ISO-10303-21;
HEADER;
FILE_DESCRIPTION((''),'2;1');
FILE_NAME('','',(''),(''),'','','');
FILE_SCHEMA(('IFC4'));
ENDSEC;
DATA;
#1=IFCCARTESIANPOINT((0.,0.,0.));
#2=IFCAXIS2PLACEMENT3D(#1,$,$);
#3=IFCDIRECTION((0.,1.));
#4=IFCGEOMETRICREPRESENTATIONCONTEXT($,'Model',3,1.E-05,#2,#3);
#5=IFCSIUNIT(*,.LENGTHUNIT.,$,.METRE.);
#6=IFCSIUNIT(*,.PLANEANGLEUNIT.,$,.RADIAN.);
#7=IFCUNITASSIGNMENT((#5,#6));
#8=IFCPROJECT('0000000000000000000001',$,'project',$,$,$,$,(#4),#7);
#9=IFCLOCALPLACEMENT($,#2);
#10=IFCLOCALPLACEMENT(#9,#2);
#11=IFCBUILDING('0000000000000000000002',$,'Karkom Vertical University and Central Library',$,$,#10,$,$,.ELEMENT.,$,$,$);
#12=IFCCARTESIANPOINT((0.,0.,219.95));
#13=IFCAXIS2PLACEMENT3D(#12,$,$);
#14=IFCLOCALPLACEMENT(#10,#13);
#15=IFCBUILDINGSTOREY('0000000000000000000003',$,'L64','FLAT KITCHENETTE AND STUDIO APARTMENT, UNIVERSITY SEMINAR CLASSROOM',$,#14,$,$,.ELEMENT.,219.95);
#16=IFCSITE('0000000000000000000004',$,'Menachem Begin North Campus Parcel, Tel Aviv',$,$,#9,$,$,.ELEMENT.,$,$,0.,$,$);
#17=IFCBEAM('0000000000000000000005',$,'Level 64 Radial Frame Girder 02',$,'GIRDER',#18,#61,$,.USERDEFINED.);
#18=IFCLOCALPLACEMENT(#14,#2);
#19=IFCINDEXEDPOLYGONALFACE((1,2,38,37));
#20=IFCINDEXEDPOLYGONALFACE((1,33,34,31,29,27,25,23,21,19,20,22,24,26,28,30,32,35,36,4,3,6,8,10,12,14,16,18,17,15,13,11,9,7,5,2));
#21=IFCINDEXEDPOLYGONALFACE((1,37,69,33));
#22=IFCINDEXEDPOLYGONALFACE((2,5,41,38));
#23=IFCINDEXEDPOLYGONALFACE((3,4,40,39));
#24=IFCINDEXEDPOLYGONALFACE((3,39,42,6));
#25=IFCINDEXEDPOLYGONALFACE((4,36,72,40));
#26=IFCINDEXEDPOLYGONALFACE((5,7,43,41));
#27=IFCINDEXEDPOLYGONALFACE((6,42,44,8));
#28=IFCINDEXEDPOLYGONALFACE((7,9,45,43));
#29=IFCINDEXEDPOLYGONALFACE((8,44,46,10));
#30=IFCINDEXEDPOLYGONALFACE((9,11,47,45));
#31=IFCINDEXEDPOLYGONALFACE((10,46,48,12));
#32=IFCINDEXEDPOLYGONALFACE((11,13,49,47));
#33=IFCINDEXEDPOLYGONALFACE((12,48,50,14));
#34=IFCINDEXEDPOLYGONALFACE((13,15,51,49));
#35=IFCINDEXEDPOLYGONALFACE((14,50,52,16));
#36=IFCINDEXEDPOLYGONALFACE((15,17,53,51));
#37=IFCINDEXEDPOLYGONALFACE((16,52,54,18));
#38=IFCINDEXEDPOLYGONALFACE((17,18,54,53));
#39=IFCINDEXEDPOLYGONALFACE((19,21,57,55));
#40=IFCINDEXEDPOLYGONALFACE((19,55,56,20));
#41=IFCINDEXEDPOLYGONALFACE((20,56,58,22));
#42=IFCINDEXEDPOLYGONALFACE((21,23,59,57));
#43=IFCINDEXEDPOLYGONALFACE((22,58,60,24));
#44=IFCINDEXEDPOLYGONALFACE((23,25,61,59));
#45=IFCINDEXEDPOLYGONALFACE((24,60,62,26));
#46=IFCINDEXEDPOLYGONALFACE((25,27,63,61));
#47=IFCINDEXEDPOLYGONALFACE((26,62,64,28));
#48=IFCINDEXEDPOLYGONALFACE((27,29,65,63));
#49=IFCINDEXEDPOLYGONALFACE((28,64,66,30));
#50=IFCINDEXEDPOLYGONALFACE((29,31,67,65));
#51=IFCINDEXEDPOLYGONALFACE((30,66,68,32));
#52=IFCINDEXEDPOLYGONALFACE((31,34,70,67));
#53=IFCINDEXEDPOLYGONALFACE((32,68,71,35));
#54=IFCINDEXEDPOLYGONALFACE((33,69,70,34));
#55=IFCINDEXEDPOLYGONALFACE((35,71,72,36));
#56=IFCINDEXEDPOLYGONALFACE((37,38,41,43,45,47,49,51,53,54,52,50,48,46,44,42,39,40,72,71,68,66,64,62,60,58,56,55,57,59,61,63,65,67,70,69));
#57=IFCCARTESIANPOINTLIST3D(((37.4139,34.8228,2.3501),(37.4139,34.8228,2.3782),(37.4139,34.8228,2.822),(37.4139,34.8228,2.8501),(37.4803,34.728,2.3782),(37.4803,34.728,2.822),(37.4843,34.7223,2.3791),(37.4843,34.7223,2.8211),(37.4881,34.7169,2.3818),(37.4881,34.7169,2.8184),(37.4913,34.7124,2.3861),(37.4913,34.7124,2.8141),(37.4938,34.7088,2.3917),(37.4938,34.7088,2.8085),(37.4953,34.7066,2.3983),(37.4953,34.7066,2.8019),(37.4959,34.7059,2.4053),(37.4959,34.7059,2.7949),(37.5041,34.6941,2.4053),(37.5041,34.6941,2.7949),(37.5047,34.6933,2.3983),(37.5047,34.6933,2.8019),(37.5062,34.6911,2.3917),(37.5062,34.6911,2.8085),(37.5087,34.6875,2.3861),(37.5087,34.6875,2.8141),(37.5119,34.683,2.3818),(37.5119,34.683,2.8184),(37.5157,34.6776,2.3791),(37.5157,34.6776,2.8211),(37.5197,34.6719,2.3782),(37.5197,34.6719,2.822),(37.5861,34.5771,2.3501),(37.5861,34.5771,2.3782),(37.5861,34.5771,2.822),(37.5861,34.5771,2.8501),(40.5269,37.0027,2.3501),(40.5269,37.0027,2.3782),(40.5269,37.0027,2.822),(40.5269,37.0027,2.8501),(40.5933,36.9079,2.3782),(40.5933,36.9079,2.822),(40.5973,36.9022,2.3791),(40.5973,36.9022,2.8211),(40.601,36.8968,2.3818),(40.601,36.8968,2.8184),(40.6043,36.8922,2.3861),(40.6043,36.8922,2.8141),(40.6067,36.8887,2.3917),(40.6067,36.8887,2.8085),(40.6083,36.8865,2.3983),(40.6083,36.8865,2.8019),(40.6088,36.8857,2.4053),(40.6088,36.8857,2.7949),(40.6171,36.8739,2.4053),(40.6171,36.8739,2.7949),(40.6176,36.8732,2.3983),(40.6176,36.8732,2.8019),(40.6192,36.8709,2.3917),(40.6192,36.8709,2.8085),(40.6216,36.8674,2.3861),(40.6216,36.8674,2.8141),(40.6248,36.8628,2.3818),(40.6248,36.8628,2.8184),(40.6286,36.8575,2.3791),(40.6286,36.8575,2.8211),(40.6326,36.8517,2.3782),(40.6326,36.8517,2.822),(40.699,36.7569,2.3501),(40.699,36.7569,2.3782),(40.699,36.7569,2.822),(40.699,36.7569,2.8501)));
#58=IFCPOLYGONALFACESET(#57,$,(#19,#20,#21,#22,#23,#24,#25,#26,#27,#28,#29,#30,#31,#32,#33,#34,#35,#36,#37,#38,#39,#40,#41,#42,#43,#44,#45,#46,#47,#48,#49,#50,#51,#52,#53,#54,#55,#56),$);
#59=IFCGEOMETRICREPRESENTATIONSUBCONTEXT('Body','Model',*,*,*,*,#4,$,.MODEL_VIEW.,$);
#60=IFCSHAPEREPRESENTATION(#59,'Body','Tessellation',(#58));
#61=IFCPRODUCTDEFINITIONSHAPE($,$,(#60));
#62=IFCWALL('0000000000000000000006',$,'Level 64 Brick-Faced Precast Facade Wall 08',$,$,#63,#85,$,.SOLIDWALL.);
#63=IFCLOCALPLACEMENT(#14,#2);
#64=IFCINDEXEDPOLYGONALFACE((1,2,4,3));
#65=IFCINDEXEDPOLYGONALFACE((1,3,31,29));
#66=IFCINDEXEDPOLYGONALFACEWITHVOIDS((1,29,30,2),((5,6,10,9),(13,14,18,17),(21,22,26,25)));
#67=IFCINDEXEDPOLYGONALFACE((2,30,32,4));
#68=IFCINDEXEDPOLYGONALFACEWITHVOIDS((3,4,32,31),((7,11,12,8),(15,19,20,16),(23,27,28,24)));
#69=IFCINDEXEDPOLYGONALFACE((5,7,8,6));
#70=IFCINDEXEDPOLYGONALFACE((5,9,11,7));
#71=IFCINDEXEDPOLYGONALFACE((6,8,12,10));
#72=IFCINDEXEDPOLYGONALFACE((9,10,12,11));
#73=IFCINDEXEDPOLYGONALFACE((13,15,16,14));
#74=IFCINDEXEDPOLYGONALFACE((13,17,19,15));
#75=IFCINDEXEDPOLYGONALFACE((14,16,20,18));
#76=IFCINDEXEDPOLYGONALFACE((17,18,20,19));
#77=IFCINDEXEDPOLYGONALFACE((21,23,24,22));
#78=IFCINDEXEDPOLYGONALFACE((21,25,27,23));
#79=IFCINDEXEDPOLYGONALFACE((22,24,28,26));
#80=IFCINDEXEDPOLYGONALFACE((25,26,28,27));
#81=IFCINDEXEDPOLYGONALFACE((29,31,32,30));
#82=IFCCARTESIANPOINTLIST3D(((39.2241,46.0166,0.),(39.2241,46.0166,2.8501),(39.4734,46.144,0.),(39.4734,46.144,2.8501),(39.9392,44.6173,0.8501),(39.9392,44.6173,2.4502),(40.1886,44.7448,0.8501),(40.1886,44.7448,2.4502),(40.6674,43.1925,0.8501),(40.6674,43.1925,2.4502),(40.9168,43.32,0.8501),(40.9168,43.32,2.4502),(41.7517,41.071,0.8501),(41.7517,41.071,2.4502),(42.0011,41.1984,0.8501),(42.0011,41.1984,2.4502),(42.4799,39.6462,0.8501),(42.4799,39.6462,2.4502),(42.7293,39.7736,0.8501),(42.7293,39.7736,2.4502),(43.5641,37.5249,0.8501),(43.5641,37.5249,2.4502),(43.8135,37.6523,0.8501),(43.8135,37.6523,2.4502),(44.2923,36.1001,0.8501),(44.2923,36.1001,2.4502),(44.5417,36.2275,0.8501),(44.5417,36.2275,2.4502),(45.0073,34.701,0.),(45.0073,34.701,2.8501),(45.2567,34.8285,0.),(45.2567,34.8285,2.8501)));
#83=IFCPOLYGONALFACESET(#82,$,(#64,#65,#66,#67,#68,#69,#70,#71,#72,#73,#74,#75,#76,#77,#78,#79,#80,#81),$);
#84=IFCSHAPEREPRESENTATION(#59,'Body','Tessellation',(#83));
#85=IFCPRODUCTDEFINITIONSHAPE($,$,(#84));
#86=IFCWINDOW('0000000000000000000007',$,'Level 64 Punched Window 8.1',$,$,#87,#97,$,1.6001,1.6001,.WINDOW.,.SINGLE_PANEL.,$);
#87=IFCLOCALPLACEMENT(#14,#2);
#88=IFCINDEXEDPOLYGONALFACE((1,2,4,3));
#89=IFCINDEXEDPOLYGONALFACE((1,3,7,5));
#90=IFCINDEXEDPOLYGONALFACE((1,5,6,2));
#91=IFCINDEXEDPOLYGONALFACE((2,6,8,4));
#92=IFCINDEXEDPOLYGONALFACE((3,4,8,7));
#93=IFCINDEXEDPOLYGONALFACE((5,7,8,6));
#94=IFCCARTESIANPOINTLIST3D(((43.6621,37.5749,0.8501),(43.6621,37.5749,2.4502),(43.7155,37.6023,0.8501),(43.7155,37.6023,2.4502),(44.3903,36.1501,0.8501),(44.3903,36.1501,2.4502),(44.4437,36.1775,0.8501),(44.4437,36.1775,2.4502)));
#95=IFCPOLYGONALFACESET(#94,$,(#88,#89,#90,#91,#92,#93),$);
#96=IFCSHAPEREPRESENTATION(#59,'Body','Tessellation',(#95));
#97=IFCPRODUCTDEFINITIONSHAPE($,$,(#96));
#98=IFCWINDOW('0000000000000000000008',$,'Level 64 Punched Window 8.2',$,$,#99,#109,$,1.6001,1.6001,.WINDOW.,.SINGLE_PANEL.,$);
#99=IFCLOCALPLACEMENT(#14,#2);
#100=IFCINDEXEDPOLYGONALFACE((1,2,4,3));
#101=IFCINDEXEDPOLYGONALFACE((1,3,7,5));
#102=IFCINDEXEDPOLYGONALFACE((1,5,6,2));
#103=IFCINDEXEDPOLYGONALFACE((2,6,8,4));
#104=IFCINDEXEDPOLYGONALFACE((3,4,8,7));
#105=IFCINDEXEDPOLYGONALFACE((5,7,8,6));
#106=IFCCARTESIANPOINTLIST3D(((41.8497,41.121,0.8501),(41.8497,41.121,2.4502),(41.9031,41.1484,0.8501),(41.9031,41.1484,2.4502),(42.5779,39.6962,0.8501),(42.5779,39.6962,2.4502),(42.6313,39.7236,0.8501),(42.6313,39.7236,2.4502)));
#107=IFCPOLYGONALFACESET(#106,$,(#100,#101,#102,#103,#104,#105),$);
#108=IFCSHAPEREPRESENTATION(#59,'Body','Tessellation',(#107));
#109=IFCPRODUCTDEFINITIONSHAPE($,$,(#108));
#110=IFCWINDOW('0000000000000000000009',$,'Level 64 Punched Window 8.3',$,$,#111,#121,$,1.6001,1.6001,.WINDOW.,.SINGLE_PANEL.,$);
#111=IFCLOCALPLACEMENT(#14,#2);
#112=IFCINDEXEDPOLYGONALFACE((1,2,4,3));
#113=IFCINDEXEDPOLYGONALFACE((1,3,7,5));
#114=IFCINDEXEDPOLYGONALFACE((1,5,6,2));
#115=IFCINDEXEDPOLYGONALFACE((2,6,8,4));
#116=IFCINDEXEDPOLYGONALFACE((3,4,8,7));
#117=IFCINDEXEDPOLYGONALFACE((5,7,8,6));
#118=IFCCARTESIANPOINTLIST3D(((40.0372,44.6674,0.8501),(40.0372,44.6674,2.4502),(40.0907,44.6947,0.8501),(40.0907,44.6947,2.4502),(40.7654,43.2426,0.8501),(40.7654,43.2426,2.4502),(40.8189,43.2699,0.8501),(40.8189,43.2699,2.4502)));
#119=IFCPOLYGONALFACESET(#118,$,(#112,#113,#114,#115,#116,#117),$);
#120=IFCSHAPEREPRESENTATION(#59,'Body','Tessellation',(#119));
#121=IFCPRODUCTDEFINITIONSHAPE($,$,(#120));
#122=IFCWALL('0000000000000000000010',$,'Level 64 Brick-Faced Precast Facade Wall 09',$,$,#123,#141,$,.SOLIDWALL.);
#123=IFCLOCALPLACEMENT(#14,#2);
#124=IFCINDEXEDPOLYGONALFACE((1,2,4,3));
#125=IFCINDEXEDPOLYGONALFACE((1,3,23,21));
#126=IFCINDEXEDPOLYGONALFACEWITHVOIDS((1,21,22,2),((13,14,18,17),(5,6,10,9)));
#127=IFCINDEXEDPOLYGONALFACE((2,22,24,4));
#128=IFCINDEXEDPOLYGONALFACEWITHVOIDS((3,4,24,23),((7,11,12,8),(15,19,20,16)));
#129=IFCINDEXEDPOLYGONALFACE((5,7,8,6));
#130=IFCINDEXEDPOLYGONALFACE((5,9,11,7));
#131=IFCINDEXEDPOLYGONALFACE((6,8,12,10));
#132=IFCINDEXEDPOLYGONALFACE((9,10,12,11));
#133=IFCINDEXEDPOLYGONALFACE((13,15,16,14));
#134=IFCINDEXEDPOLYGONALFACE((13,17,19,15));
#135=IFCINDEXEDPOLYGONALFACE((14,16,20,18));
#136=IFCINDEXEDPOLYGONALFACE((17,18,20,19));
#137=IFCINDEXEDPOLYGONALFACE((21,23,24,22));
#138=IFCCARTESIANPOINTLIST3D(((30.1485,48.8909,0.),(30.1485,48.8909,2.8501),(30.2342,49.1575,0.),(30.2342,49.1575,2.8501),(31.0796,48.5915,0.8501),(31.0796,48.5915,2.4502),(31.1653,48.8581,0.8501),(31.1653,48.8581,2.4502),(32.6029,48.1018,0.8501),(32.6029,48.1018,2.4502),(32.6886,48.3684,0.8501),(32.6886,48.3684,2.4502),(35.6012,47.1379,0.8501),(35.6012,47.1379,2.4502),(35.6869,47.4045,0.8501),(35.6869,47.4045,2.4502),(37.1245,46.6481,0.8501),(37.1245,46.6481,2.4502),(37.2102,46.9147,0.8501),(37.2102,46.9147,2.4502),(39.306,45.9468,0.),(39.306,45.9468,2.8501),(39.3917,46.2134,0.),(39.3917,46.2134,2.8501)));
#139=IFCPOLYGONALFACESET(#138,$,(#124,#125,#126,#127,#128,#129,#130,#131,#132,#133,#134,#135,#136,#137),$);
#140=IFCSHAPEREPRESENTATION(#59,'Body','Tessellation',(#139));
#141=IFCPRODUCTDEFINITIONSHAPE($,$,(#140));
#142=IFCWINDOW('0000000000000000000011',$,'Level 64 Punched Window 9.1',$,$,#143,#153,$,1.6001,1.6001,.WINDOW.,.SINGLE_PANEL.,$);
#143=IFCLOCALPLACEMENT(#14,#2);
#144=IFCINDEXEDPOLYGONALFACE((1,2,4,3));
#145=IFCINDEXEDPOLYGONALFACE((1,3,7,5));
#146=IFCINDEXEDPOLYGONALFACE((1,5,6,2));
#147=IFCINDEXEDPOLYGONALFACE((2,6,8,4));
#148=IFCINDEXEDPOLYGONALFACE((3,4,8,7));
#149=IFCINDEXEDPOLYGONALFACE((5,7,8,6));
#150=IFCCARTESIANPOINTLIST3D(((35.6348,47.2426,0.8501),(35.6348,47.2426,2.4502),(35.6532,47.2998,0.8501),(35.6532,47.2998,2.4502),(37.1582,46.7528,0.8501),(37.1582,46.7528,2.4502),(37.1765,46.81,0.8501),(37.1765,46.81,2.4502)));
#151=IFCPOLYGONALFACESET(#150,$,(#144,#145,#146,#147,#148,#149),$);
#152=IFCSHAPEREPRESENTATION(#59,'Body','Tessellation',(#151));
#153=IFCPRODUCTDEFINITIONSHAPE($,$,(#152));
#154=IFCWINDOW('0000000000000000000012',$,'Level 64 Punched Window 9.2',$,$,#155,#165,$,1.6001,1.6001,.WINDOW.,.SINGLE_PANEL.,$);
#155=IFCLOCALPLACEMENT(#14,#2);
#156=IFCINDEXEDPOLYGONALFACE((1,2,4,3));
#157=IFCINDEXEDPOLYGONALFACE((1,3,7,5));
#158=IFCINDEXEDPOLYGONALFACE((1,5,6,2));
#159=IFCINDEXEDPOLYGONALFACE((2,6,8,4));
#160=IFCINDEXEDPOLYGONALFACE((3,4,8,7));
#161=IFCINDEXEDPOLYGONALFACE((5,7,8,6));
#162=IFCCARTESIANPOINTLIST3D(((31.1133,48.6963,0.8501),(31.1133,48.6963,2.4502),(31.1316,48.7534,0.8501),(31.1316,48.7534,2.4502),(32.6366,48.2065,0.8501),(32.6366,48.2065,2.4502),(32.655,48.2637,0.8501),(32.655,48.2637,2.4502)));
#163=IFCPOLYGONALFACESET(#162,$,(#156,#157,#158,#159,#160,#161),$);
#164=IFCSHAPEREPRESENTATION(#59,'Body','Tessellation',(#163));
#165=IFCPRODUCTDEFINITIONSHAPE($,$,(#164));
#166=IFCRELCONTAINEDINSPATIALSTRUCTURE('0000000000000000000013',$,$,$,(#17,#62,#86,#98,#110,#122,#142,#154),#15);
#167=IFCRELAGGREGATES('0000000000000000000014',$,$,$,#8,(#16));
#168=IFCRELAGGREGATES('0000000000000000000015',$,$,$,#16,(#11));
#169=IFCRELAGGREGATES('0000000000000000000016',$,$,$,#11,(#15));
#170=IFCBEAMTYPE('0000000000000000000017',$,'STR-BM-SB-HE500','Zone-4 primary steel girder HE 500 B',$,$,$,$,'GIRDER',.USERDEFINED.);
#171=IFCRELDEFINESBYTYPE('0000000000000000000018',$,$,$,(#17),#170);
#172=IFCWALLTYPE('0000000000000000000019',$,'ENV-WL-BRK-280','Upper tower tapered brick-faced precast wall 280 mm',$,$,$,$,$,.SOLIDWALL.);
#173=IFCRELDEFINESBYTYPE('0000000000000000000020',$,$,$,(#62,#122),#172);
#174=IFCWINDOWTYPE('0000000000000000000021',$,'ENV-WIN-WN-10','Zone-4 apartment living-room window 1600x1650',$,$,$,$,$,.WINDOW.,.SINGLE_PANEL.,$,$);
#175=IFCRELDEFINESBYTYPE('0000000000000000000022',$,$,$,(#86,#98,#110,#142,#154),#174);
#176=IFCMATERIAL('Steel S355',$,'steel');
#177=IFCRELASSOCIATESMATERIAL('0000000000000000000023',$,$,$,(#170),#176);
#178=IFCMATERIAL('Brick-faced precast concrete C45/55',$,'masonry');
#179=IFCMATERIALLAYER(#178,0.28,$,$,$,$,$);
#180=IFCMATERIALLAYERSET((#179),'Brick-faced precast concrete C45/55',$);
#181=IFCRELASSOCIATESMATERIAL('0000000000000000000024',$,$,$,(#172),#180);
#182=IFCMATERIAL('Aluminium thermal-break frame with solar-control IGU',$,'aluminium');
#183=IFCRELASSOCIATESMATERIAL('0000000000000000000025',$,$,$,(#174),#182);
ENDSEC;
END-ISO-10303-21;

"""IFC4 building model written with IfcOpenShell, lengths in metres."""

from ifc_helpers import new_model, si_unit, direction, frame, frame_2d, origin, origin_with_axes, origin_2d, place, context, subcontext, project, spatial, rectangle, i_section, extrude, source, transform, mapped, material, layer, layer_set, material_profile, profile_set, type_object, element, fill, save


model = new_model("IFC4")

# Units and contexts
model_context = context("Model", 3, precision=1e-05, world=origin(), true_north=direction((0.0, 1.0)))
body_context = subcontext(model_context, "Body", "Model", "MODEL_VIEW")
ifc_project = project(units=[si_unit("LENGTHUNIT", "METRE"), si_unit("PLANEANGLEUNIT", "RADIAN")], contexts=[model_context])

# Site, building, storey
site_placement = place(None, origin())
site = spatial("IfcSite", under=ifc_project, at=site_placement, Name="Menachem Begin North Campus Parcel, Tel Aviv", CompositionType="ELEMENT", RefElevation=0.0)
building_placement = place(site_placement, origin())
building = spatial("IfcBuilding", under=site, at=building_placement, Name="Karkom Vertical University and Central Library", CompositionType="ELEMENT")
storey_placement = place(building_placement, frame((0.0, 0.0, 219.95)))
storey = spatial("IfcBuildingStorey", under=building, at=storey_placement, Name="L64", Description="FLAT KITCHENETTE AND STUDIO APARTMENT, UNIVERSITY SEMINAR CLASSROOM", CompositionType="ELEMENT", Elevation=219.95)

# Beam
ifc_material_1 = material(Name="Steel S355", Category="steel")
ifc_material_profile_1 = material_profile(ifc_material_1, i_section(OverallWidth=0.3, OverallDepth=0.5, WebThickness=0.0144, FlangeThickness=0.0281, FilletRadius=0.0271, at=origin_2d()), Name="HE 500 B")
ifc_profile_set_1 = profile_set([ifc_material_profile_1], Name="Steel S355")
beam_type_1 = type_object("IfcBeamType", Name="STR-BM-SB-HE500", Description="Zone-4 primary steel girder HE 500 B", ElementType="GIRDER", PredefinedType="USERDEFINED", material=ifc_profile_set_1)
shared_shape_1 = source(origin_with_axes(), body_context, "Body", "SweptSolid", [
    extrude(i_section(OverallWidth=0.3, OverallDepth=0.5, WebThickness=0.0144, FlangeThickness=0.0281, FilletRadius=0.0271, at=origin_2d()), origin(), (0.0, 0.0, 1.0), 3.8003),
])
beam_1_placement = place(storey_placement, frame((37.5, 34.7, 2.6001), z_axis=(0.819132, 0.573605, 0.0), x_axis=(-0.573605, 0.819132, 0.0)))
element("IfcBeam", 1, at=beam_1_placement, inside=storey, type_object=beam_type_1, Name="Level 64 Radial Frame Girder 02", ObjectType="GIRDER", PredefinedType="USERDEFINED", context=body_context, shape_type="MappedRepresentation", body=[
    mapped(shared_shape_1, transform((0.0, 0.0, 0.0), scale=1.0)),
])

# Walls, openings, windows
ifc_material_2 = material(Name="Brick-faced precast concrete C45/55", Category="masonry")
ifc_layer_1 = layer(ifc_material_2, 0.28)
ifc_layer_set_1 = layer_set([ifc_layer_1], Name="Brick-faced precast concrete C45/55")
wall_type_1 = type_object("IfcWallType", Name="ENV-WL-BRK-280", Description="Upper tower tapered brick-faced precast wall 280 mm", PredefinedType="SOLIDWALL", material=ifc_layer_set_1)
wall_1_placement = place(storey_placement, frame((45.1321, 34.7646, 0.0), z_axis=(0.0, 0.0, 1.0), x_axis=(-0.455096, 0.890442, 0.0)))
wall_1 = element("IfcWall", 2, at=wall_1_placement, inside=storey, type_object=wall_type_1, Name="Level 64 Brick-Faced Precast Facade Wall 08", PredefinedType="SOLIDWALL", context=body_context, shape_type="SweptSolid", body=[
    extrude(rectangle(XDim=12.7078, YDim=0.28, at=frame_2d((6.354, 0.0))), origin(), (0.0, 0.0, 1.0), 2.8501),
])
opening_1_placement = place(wall_1_placement, frame((1.5713, 0.0, 0.8501)))
opening_1 = element("IfcOpeningElement", 3, at=opening_1_placement, cuts=wall_1, PredefinedType="OPENING", context=body_context, shape_type="SweptSolid", body=[
    extrude(rectangle(XDim=1.6001, YDim=1.6001, at=frame_2d((0.8, 0.8))), frame((0.0, 0.1499, 0.0), z_axis=(0.0, -1.0, 0.0), x_axis=(1.0, 0.0, 0.0)), (0.0, 0.0, 1.0), 0.3),
])
opening_2_placement = place(wall_1_placement, frame((5.5537, 0.0, 0.8501)))
opening_2 = element("IfcOpeningElement", 4, at=opening_2_placement, cuts=wall_1, PredefinedType="OPENING", context=body_context, shape_type="SweptSolid", body=[
    extrude(rectangle(XDim=1.6001, YDim=1.6001, at=frame_2d((0.8, 0.8))), frame((0.0, 0.1499, 0.0), z_axis=(0.0, -1.0, 0.0), x_axis=(1.0, 0.0, 0.0)), (0.0, 0.0, 1.0), 0.3),
])
opening_3_placement = place(wall_1_placement, frame((9.5364, 0.0, 0.8501)))
opening_3 = element("IfcOpeningElement", 5, at=opening_3_placement, cuts=wall_1, PredefinedType="OPENING", context=body_context, shape_type="SweptSolid", body=[
    extrude(rectangle(XDim=1.6001, YDim=1.6001, at=frame_2d((0.8, 0.8))), frame((0.0, 0.1499, 0.0), z_axis=(0.0, -1.0, 0.0), x_axis=(1.0, 0.0, 0.0)), (0.0, 0.0, 1.0), 0.3),
])
ifc_material_3 = material(Name="Aluminium thermal-break frame with solar-control IGU", Category="aluminium")
window_type = type_object("IfcWindowType", Name="ENV-WIN-WN-10", Description="Zone-4 apartment living-room window 1600x1650", PartitioningType="SINGLE_PANEL", PredefinedType="WINDOW", material=ifc_material_3)
shared_shape_2 = source(origin_with_axes(), body_context, "Body", "SweptSolid", [
    extrude(rectangle(XDim=1.6001, YDim=1.6001, at=frame_2d((0.8, 0.8))), frame((0.0, 0.03, 0.0), z_axis=(0.0, -1.0, 0.0), x_axis=(1.0, 0.0, 0.0)), (0.0, 0.0, 1.0), 0.0601),
])
window_1_placement = place(opening_1_placement, origin())
window_1 = element("IfcWindow", 6, at=window_1_placement, inside=storey, type_object=window_type, Name="Level 64 Punched Window 8.1", OverallHeight=1.6001, OverallWidth=1.6001, PartitioningType="SINGLE_PANEL", PredefinedType="WINDOW", context=body_context, shape_type="MappedRepresentation", body=[
    mapped(shared_shape_2, transform((0.0, 0.0, 0.0), scale=1.0)),
])
fill(opening_1, window_1)
window_2_placement = place(opening_2_placement, origin())
window_2 = element("IfcWindow", 7, at=window_2_placement, inside=storey, type_object=window_type, Name="Level 64 Punched Window 8.2", OverallHeight=1.6001, OverallWidth=1.6001, PartitioningType="SINGLE_PANEL", PredefinedType="WINDOW", context=body_context, shape_type="MappedRepresentation", body=[
    mapped(shared_shape_2, transform((0.0, 0.0, 0.0), scale=1.0)),
])
fill(opening_2, window_2)
window_3_placement = place(opening_3_placement, origin())
window_3 = element("IfcWindow", 8, at=window_3_placement, inside=storey, type_object=window_type, Name="Level 64 Punched Window 8.3", OverallHeight=1.6001, OverallWidth=1.6001, PartitioningType="SINGLE_PANEL", PredefinedType="WINDOW", context=body_context, shape_type="MappedRepresentation", body=[
    mapped(shared_shape_2, transform((0.0, 0.0, 0.0), scale=1.0)),
])
fill(opening_3, window_3)
wall_2_placement = place(storey_placement, frame((39.3489, 46.0801, 0.0), z_axis=(0.0, 0.0, 1.0), x_axis=(-0.95201, 0.306068, 0.0)))
wall_2 = element("IfcWall", 9, at=wall_2_placement, inside=storey, type_object=wall_type_1, Name="Level 64 Brick-Faced Precast Facade Wall 09", PredefinedType="SOLIDWALL", context=body_context, shape_type="SweptSolid", body=[
    extrude(rectangle(XDim=9.6191, YDim=0.28, at=frame_2d((4.8096, 0.0))), origin(), (0.0, 0.0, 1.0), 2.8501),
])
opening_4_placement = place(wall_2_placement, frame((2.2915, 0.0, 0.8501)))
opening_4 = element("IfcOpeningElement", 10, at=opening_4_placement, cuts=wall_2, PredefinedType="OPENING", context=body_context, shape_type="SweptSolid", body=[
    extrude(rectangle(XDim=1.6001, YDim=1.6001, at=frame_2d((0.8, 0.8))), frame((0.0, 0.1499, 0.0), z_axis=(0.0, -1.0, 0.0), x_axis=(1.0, 0.0, 0.0)), (0.0, 0.0, 1.0), 0.3),
])
opening_5_placement = place(wall_2_placement, frame((7.041, 0.0, 0.8501)))
opening_5 = element("IfcOpeningElement", 11, at=opening_5_placement, cuts=wall_2, PredefinedType="OPENING", context=body_context, shape_type="SweptSolid", body=[
    extrude(rectangle(XDim=1.6001, YDim=1.6001, at=frame_2d((0.8, 0.8))), frame((0.0, 0.1499, 0.0), z_axis=(0.0, -1.0, 0.0), x_axis=(1.0, 0.0, 0.0)), (0.0, 0.0, 1.0), 0.3),
])
window_4_placement = place(opening_4_placement, origin())
window_4 = element("IfcWindow", 12, at=window_4_placement, inside=storey, type_object=window_type, Name="Level 64 Punched Window 9.1", OverallHeight=1.6001, OverallWidth=1.6001, PartitioningType="SINGLE_PANEL", PredefinedType="WINDOW", context=body_context, shape_type="MappedRepresentation", body=[
    mapped(shared_shape_2, transform((0.0, 0.0, 0.0), scale=1.0)),
])
fill(opening_4, window_4)
window_5_placement = place(opening_5_placement, origin())
window_5 = element("IfcWindow", 13, at=window_5_placement, inside=storey, type_object=window_type, Name="Level 64 Punched Window 9.2", OverallHeight=1.6001, OverallWidth=1.6001, PartitioningType="SINGLE_PANEL", PredefinedType="WINDOW", context=body_context, shape_type="MappedRepresentation", body=[
    mapped(shared_shape_2, transform((0.0, 0.0, 0.0), scale=1.0)),
])
fill(opening_5, window_5)

save(model, "model.ifc")
